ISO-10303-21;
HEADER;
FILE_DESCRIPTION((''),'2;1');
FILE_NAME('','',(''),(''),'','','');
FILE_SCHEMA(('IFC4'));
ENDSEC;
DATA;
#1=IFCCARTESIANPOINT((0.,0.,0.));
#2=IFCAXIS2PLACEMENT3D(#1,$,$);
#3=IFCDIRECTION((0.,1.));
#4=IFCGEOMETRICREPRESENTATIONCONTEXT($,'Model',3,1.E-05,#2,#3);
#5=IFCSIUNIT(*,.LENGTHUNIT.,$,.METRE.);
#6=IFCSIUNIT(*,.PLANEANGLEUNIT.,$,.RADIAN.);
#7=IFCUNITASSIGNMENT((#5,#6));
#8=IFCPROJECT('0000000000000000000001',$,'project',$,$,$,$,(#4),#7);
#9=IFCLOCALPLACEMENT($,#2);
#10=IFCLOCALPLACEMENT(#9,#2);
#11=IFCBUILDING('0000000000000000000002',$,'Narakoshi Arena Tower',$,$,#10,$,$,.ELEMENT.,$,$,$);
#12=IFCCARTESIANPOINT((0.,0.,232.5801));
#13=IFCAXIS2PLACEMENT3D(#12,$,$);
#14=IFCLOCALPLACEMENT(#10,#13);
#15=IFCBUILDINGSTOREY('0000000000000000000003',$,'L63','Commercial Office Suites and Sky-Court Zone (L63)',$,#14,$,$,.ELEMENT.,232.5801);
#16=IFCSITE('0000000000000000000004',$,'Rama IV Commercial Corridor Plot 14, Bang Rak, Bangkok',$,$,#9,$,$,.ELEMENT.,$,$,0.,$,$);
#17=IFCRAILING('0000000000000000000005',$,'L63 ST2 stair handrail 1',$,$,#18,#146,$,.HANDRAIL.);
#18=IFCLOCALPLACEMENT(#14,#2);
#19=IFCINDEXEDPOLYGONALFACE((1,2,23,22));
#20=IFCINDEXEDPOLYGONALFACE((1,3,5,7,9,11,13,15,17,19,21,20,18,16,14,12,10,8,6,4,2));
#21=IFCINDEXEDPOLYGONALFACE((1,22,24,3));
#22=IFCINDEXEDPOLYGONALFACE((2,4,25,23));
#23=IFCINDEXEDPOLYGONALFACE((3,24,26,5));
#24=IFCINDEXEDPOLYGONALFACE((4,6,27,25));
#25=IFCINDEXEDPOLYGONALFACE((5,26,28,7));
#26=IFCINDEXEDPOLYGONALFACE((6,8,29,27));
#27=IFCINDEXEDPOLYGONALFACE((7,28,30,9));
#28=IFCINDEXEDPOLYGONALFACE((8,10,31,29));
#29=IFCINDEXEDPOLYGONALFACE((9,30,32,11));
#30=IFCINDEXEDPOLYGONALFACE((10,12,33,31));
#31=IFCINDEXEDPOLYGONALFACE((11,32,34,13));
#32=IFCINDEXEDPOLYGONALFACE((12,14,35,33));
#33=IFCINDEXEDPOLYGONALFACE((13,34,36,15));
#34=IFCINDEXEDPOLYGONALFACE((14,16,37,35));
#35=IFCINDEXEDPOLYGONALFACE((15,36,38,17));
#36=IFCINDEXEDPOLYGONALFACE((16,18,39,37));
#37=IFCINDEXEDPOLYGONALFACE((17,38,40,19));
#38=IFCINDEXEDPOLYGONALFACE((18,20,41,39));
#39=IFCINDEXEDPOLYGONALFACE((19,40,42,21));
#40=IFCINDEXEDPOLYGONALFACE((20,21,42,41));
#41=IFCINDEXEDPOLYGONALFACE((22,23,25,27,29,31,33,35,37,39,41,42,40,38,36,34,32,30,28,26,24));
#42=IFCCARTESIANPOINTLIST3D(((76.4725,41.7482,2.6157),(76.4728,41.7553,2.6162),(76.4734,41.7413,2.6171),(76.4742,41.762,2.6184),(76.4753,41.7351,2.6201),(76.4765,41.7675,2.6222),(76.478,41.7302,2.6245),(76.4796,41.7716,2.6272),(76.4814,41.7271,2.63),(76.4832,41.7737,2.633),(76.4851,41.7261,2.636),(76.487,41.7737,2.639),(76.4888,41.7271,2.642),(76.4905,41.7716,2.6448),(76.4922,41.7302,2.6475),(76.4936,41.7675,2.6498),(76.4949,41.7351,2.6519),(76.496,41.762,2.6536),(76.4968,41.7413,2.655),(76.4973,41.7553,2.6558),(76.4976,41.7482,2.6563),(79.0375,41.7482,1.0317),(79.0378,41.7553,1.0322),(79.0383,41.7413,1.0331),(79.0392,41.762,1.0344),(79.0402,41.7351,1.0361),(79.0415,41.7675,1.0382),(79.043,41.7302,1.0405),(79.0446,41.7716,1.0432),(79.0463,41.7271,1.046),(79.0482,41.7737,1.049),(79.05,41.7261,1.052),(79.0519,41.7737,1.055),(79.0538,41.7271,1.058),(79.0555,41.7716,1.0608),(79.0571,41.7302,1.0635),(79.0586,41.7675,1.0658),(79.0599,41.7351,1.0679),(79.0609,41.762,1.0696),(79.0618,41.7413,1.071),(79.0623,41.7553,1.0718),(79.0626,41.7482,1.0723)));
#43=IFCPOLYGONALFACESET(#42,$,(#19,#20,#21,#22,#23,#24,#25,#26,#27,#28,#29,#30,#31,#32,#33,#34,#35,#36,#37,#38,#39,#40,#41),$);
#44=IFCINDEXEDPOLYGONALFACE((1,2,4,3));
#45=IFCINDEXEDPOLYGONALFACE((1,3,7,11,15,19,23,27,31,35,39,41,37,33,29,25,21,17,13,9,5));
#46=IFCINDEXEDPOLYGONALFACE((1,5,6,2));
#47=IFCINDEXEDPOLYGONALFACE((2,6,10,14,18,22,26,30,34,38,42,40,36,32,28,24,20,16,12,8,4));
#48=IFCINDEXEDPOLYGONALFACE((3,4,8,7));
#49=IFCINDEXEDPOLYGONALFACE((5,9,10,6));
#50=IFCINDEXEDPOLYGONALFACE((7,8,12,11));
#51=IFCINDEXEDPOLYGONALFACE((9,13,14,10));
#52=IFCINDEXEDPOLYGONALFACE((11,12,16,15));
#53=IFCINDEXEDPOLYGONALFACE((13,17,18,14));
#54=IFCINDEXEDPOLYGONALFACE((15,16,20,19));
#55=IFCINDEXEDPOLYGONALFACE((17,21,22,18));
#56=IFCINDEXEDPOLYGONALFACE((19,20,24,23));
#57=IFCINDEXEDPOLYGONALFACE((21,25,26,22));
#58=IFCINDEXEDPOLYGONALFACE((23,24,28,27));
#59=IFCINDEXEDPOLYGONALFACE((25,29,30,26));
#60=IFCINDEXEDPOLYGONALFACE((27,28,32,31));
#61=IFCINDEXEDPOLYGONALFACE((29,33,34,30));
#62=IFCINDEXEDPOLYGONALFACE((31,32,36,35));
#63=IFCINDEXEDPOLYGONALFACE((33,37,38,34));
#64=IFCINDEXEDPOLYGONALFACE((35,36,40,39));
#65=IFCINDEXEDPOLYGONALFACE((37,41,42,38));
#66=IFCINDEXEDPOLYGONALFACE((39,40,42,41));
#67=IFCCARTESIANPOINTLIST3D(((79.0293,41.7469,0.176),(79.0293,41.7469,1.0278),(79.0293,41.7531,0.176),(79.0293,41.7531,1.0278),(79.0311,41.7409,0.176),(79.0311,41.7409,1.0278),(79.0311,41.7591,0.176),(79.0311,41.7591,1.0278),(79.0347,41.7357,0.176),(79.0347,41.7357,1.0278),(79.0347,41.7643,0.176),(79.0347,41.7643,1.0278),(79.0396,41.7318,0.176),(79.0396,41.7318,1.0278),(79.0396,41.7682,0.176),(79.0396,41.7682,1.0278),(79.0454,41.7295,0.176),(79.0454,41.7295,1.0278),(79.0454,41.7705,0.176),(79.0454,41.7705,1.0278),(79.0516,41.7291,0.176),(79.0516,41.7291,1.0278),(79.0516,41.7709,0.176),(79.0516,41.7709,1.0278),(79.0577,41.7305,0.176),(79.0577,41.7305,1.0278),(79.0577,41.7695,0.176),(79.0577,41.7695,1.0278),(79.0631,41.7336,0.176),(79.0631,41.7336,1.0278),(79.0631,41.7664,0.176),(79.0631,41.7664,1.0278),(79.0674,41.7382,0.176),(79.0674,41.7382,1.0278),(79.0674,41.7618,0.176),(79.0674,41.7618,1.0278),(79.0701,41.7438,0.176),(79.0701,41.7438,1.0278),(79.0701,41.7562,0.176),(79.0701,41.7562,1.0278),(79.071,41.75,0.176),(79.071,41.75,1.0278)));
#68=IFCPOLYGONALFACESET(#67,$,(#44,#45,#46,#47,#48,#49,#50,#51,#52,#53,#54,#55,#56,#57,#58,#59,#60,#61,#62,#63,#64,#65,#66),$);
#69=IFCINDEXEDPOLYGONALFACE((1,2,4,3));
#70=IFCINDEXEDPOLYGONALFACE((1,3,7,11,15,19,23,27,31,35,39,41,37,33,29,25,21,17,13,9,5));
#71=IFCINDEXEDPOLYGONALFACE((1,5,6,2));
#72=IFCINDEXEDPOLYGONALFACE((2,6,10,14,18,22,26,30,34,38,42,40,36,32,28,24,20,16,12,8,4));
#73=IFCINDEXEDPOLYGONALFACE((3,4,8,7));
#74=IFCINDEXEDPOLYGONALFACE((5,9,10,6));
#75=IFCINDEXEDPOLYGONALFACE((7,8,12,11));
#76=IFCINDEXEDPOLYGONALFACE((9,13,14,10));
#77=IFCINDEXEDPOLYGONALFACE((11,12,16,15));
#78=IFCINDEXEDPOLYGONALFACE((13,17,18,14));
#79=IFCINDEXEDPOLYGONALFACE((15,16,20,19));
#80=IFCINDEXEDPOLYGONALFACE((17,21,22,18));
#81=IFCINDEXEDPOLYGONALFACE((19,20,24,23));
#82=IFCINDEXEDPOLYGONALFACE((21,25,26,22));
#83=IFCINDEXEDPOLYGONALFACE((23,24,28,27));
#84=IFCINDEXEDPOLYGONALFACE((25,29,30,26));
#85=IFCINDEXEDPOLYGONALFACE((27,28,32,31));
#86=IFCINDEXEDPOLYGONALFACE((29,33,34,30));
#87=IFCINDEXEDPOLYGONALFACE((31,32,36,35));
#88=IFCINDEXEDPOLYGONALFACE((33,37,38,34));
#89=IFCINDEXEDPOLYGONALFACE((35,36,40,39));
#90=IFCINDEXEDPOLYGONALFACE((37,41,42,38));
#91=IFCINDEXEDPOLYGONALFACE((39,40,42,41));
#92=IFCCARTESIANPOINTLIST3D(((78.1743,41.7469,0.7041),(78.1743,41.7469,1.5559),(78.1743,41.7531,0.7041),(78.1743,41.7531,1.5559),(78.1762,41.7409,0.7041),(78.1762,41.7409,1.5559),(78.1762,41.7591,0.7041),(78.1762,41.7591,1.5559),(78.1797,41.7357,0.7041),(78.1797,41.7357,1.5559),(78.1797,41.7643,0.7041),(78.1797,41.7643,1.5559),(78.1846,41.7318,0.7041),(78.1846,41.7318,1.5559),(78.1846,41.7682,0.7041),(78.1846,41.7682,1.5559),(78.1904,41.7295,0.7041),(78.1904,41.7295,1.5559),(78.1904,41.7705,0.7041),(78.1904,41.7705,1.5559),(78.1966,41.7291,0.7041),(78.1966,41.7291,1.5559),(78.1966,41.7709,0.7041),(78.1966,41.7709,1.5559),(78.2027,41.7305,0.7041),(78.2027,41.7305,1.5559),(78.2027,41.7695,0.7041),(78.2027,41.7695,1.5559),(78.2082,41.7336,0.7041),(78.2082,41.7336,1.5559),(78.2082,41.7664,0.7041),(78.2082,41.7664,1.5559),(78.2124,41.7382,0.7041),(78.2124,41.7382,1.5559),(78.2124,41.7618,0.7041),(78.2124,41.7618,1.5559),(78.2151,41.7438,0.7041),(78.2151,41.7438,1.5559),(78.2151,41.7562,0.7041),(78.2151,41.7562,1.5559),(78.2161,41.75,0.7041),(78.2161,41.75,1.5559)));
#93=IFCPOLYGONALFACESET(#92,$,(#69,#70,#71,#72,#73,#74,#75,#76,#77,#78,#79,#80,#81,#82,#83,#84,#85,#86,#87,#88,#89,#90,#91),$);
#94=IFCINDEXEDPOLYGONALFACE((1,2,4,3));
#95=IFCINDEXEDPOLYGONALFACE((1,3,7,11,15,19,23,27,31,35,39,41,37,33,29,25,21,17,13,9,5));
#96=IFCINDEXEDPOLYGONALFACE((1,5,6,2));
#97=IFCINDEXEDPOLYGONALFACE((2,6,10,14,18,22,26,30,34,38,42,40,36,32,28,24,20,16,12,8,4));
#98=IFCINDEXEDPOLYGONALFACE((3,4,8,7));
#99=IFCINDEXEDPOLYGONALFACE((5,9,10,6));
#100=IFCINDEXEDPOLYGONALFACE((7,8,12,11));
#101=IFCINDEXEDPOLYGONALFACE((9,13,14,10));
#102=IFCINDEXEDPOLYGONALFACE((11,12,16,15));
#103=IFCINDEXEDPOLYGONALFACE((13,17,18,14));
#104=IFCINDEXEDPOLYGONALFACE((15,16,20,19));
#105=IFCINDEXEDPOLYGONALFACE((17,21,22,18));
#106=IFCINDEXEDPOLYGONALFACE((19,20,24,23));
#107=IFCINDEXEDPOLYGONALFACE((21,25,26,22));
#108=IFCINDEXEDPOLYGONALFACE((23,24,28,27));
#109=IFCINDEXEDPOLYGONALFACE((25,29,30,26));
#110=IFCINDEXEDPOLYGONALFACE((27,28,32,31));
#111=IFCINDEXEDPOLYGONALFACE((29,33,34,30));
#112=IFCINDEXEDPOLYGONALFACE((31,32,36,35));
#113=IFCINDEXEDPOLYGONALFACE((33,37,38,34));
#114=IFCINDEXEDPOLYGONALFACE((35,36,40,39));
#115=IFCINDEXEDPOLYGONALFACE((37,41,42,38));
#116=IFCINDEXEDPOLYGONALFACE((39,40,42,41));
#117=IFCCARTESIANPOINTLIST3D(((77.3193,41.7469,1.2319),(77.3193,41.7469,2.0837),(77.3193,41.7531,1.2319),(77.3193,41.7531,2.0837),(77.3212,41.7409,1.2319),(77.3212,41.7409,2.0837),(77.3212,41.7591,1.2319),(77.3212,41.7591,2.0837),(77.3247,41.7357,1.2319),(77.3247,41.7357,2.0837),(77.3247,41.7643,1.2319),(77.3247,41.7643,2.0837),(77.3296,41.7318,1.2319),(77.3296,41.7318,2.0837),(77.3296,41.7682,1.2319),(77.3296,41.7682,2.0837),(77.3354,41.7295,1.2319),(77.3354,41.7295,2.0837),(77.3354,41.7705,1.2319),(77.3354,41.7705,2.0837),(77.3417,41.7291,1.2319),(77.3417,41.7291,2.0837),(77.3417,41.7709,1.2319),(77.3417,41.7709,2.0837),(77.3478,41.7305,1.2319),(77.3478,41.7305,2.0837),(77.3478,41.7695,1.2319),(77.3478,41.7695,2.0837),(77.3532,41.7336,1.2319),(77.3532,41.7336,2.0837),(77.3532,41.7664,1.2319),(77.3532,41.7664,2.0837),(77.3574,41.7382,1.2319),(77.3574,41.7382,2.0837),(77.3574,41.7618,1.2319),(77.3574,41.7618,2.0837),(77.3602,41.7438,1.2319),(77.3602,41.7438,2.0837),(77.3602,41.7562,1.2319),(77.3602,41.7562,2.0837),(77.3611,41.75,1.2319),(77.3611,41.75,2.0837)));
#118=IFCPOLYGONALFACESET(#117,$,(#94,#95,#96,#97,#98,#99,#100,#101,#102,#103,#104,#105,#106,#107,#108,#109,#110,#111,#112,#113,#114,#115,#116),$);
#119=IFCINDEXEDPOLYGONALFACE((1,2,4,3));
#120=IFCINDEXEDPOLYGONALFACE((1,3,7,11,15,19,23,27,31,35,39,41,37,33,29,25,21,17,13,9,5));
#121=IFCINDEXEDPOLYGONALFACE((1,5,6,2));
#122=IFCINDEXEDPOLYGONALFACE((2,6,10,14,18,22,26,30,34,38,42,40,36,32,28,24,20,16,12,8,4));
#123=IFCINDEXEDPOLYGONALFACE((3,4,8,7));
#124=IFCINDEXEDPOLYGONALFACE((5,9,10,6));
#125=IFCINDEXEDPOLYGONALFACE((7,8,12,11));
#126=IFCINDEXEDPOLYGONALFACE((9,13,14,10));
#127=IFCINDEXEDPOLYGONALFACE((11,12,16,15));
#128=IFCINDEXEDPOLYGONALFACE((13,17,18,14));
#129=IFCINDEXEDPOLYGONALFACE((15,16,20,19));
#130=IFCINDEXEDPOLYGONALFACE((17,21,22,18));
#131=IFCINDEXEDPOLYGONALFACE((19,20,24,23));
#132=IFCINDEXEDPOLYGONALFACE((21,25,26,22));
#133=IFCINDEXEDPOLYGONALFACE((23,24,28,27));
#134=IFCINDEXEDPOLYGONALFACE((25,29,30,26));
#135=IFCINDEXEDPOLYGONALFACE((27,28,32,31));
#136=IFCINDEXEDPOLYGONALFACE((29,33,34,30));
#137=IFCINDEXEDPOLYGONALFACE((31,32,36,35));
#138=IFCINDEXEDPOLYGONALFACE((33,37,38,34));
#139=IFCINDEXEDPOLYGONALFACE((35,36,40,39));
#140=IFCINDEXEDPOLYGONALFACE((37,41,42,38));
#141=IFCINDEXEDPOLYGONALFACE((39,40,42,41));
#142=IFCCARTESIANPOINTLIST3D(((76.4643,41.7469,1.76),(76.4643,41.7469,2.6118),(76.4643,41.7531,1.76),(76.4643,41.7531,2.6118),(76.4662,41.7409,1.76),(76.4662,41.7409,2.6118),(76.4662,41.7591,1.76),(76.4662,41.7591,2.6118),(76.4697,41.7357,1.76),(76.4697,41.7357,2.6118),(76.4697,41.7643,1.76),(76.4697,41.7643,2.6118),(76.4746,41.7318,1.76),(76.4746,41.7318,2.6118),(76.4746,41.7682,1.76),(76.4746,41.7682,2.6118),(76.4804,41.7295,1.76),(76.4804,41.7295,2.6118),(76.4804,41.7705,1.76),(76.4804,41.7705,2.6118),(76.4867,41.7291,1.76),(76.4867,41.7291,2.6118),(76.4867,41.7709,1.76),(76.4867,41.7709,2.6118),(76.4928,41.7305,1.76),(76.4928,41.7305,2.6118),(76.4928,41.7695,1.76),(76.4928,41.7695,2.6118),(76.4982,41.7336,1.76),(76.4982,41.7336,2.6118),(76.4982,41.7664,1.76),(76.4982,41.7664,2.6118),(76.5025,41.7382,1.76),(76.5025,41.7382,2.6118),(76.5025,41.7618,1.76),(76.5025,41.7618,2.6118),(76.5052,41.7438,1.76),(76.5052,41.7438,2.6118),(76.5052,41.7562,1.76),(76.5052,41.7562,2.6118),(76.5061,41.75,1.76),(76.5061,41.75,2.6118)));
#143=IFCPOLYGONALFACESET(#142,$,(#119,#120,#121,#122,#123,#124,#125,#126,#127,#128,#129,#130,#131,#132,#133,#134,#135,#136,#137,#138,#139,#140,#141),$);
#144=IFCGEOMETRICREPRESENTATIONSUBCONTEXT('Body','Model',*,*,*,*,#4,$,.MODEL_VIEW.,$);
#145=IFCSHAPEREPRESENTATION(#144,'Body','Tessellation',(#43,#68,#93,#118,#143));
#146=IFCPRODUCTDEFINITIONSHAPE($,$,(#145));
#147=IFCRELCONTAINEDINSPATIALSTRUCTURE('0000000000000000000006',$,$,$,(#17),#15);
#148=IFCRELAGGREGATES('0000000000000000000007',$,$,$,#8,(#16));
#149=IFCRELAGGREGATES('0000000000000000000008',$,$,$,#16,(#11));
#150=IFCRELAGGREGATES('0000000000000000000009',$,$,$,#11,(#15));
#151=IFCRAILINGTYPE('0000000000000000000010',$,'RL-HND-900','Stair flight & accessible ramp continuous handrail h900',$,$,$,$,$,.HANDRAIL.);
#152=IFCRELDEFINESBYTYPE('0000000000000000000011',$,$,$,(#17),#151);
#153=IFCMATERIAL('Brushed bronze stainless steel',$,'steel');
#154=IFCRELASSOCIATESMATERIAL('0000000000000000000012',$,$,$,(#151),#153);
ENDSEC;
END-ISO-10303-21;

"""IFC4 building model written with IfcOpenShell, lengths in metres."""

from ifc_helpers import new_model, si_unit, direction, frame, origin, origin_2d, place, context, subcontext, project, spatial, circle, extrude, material, type_object, element, save


model = new_model("IFC4")

# Units and contexts
model_context = context("Model", 3, precision=1e-05, world=origin(), true_north=direction((0.0, 1.0)))
body_context = subcontext(model_context, "Body", "Model", "MODEL_VIEW")
ifc_project = project(units=[si_unit("LENGTHUNIT", "METRE"), si_unit("PLANEANGLEUNIT", "RADIAN")], contexts=[model_context])

# Site, building, storey
site_placement = place(None, origin())
site = spatial("IfcSite", under=ifc_project, at=site_placement, Name="Rama IV Commercial Corridor Plot 14, Bang Rak, Bangkok", CompositionType="ELEMENT", RefElevation=0.0)
building_placement = place(site_placement, origin())
building = spatial("IfcBuilding", under=site, at=building_placement, Name="Narakoshi Arena Tower", CompositionType="ELEMENT")
storey_placement = place(building_placement, frame((0.0, 0.0, 232.5801)))
storey = spatial("IfcBuildingStorey", under=building, at=storey_placement, Name="L63", Description="Commercial Office Suites and Sky-Court Zone (L63)", CompositionType="ELEMENT", Elevation=232.5801)

# Railing
ifc_material_1 = material(Name="Brushed bronze stainless steel", Category="steel")
railing_type_1 = type_object("IfcRailingType", Name="RL-HND-900", Description="Stair flight & accessible ramp continuous handrail h900", PredefinedType="HANDRAIL", material=ifc_material_1)
railing_1_placement = place(storey_placement, frame((79.05, 41.75, 0.176)))
element("IfcRailing", 1, at=railing_1_placement, inside=storey, type_object=railing_type_1, Name="L63 ST2 stair handrail 1", PredefinedType="HANDRAIL", context=body_context, shape_type="SweptSolid", body=[
    extrude(circle(Radius=0.0239, at=origin_2d()), frame((0.0, 0.0, 0.876), z_axis=(-0.850834, 0.0, 0.525434), x_axis=(0.0, -1.0, 0.0)), (0.0, 0.0, 1.0), 3.0146),
    extrude(circle(Radius=0.021, at=origin_2d()), origin(), (0.0, 0.0, 1.0), 0.8518),
    extrude(circle(Radius=0.021, at=origin_2d()), frame((-0.855, 0.0, 0.5281)), (0.0, 0.0, 1.0), 0.8518),
    extrude(circle(Radius=0.021, at=origin_2d()), frame((-1.71, 0.0, 1.0559)), (0.0, 0.0, 1.0), 0.8518),
    extrude(circle(Radius=0.021, at=origin_2d()), frame((-2.5649, 0.0, 1.584)), (0.0, 0.0, 1.0), 0.8518),
])

save(model, "model.ifc")
